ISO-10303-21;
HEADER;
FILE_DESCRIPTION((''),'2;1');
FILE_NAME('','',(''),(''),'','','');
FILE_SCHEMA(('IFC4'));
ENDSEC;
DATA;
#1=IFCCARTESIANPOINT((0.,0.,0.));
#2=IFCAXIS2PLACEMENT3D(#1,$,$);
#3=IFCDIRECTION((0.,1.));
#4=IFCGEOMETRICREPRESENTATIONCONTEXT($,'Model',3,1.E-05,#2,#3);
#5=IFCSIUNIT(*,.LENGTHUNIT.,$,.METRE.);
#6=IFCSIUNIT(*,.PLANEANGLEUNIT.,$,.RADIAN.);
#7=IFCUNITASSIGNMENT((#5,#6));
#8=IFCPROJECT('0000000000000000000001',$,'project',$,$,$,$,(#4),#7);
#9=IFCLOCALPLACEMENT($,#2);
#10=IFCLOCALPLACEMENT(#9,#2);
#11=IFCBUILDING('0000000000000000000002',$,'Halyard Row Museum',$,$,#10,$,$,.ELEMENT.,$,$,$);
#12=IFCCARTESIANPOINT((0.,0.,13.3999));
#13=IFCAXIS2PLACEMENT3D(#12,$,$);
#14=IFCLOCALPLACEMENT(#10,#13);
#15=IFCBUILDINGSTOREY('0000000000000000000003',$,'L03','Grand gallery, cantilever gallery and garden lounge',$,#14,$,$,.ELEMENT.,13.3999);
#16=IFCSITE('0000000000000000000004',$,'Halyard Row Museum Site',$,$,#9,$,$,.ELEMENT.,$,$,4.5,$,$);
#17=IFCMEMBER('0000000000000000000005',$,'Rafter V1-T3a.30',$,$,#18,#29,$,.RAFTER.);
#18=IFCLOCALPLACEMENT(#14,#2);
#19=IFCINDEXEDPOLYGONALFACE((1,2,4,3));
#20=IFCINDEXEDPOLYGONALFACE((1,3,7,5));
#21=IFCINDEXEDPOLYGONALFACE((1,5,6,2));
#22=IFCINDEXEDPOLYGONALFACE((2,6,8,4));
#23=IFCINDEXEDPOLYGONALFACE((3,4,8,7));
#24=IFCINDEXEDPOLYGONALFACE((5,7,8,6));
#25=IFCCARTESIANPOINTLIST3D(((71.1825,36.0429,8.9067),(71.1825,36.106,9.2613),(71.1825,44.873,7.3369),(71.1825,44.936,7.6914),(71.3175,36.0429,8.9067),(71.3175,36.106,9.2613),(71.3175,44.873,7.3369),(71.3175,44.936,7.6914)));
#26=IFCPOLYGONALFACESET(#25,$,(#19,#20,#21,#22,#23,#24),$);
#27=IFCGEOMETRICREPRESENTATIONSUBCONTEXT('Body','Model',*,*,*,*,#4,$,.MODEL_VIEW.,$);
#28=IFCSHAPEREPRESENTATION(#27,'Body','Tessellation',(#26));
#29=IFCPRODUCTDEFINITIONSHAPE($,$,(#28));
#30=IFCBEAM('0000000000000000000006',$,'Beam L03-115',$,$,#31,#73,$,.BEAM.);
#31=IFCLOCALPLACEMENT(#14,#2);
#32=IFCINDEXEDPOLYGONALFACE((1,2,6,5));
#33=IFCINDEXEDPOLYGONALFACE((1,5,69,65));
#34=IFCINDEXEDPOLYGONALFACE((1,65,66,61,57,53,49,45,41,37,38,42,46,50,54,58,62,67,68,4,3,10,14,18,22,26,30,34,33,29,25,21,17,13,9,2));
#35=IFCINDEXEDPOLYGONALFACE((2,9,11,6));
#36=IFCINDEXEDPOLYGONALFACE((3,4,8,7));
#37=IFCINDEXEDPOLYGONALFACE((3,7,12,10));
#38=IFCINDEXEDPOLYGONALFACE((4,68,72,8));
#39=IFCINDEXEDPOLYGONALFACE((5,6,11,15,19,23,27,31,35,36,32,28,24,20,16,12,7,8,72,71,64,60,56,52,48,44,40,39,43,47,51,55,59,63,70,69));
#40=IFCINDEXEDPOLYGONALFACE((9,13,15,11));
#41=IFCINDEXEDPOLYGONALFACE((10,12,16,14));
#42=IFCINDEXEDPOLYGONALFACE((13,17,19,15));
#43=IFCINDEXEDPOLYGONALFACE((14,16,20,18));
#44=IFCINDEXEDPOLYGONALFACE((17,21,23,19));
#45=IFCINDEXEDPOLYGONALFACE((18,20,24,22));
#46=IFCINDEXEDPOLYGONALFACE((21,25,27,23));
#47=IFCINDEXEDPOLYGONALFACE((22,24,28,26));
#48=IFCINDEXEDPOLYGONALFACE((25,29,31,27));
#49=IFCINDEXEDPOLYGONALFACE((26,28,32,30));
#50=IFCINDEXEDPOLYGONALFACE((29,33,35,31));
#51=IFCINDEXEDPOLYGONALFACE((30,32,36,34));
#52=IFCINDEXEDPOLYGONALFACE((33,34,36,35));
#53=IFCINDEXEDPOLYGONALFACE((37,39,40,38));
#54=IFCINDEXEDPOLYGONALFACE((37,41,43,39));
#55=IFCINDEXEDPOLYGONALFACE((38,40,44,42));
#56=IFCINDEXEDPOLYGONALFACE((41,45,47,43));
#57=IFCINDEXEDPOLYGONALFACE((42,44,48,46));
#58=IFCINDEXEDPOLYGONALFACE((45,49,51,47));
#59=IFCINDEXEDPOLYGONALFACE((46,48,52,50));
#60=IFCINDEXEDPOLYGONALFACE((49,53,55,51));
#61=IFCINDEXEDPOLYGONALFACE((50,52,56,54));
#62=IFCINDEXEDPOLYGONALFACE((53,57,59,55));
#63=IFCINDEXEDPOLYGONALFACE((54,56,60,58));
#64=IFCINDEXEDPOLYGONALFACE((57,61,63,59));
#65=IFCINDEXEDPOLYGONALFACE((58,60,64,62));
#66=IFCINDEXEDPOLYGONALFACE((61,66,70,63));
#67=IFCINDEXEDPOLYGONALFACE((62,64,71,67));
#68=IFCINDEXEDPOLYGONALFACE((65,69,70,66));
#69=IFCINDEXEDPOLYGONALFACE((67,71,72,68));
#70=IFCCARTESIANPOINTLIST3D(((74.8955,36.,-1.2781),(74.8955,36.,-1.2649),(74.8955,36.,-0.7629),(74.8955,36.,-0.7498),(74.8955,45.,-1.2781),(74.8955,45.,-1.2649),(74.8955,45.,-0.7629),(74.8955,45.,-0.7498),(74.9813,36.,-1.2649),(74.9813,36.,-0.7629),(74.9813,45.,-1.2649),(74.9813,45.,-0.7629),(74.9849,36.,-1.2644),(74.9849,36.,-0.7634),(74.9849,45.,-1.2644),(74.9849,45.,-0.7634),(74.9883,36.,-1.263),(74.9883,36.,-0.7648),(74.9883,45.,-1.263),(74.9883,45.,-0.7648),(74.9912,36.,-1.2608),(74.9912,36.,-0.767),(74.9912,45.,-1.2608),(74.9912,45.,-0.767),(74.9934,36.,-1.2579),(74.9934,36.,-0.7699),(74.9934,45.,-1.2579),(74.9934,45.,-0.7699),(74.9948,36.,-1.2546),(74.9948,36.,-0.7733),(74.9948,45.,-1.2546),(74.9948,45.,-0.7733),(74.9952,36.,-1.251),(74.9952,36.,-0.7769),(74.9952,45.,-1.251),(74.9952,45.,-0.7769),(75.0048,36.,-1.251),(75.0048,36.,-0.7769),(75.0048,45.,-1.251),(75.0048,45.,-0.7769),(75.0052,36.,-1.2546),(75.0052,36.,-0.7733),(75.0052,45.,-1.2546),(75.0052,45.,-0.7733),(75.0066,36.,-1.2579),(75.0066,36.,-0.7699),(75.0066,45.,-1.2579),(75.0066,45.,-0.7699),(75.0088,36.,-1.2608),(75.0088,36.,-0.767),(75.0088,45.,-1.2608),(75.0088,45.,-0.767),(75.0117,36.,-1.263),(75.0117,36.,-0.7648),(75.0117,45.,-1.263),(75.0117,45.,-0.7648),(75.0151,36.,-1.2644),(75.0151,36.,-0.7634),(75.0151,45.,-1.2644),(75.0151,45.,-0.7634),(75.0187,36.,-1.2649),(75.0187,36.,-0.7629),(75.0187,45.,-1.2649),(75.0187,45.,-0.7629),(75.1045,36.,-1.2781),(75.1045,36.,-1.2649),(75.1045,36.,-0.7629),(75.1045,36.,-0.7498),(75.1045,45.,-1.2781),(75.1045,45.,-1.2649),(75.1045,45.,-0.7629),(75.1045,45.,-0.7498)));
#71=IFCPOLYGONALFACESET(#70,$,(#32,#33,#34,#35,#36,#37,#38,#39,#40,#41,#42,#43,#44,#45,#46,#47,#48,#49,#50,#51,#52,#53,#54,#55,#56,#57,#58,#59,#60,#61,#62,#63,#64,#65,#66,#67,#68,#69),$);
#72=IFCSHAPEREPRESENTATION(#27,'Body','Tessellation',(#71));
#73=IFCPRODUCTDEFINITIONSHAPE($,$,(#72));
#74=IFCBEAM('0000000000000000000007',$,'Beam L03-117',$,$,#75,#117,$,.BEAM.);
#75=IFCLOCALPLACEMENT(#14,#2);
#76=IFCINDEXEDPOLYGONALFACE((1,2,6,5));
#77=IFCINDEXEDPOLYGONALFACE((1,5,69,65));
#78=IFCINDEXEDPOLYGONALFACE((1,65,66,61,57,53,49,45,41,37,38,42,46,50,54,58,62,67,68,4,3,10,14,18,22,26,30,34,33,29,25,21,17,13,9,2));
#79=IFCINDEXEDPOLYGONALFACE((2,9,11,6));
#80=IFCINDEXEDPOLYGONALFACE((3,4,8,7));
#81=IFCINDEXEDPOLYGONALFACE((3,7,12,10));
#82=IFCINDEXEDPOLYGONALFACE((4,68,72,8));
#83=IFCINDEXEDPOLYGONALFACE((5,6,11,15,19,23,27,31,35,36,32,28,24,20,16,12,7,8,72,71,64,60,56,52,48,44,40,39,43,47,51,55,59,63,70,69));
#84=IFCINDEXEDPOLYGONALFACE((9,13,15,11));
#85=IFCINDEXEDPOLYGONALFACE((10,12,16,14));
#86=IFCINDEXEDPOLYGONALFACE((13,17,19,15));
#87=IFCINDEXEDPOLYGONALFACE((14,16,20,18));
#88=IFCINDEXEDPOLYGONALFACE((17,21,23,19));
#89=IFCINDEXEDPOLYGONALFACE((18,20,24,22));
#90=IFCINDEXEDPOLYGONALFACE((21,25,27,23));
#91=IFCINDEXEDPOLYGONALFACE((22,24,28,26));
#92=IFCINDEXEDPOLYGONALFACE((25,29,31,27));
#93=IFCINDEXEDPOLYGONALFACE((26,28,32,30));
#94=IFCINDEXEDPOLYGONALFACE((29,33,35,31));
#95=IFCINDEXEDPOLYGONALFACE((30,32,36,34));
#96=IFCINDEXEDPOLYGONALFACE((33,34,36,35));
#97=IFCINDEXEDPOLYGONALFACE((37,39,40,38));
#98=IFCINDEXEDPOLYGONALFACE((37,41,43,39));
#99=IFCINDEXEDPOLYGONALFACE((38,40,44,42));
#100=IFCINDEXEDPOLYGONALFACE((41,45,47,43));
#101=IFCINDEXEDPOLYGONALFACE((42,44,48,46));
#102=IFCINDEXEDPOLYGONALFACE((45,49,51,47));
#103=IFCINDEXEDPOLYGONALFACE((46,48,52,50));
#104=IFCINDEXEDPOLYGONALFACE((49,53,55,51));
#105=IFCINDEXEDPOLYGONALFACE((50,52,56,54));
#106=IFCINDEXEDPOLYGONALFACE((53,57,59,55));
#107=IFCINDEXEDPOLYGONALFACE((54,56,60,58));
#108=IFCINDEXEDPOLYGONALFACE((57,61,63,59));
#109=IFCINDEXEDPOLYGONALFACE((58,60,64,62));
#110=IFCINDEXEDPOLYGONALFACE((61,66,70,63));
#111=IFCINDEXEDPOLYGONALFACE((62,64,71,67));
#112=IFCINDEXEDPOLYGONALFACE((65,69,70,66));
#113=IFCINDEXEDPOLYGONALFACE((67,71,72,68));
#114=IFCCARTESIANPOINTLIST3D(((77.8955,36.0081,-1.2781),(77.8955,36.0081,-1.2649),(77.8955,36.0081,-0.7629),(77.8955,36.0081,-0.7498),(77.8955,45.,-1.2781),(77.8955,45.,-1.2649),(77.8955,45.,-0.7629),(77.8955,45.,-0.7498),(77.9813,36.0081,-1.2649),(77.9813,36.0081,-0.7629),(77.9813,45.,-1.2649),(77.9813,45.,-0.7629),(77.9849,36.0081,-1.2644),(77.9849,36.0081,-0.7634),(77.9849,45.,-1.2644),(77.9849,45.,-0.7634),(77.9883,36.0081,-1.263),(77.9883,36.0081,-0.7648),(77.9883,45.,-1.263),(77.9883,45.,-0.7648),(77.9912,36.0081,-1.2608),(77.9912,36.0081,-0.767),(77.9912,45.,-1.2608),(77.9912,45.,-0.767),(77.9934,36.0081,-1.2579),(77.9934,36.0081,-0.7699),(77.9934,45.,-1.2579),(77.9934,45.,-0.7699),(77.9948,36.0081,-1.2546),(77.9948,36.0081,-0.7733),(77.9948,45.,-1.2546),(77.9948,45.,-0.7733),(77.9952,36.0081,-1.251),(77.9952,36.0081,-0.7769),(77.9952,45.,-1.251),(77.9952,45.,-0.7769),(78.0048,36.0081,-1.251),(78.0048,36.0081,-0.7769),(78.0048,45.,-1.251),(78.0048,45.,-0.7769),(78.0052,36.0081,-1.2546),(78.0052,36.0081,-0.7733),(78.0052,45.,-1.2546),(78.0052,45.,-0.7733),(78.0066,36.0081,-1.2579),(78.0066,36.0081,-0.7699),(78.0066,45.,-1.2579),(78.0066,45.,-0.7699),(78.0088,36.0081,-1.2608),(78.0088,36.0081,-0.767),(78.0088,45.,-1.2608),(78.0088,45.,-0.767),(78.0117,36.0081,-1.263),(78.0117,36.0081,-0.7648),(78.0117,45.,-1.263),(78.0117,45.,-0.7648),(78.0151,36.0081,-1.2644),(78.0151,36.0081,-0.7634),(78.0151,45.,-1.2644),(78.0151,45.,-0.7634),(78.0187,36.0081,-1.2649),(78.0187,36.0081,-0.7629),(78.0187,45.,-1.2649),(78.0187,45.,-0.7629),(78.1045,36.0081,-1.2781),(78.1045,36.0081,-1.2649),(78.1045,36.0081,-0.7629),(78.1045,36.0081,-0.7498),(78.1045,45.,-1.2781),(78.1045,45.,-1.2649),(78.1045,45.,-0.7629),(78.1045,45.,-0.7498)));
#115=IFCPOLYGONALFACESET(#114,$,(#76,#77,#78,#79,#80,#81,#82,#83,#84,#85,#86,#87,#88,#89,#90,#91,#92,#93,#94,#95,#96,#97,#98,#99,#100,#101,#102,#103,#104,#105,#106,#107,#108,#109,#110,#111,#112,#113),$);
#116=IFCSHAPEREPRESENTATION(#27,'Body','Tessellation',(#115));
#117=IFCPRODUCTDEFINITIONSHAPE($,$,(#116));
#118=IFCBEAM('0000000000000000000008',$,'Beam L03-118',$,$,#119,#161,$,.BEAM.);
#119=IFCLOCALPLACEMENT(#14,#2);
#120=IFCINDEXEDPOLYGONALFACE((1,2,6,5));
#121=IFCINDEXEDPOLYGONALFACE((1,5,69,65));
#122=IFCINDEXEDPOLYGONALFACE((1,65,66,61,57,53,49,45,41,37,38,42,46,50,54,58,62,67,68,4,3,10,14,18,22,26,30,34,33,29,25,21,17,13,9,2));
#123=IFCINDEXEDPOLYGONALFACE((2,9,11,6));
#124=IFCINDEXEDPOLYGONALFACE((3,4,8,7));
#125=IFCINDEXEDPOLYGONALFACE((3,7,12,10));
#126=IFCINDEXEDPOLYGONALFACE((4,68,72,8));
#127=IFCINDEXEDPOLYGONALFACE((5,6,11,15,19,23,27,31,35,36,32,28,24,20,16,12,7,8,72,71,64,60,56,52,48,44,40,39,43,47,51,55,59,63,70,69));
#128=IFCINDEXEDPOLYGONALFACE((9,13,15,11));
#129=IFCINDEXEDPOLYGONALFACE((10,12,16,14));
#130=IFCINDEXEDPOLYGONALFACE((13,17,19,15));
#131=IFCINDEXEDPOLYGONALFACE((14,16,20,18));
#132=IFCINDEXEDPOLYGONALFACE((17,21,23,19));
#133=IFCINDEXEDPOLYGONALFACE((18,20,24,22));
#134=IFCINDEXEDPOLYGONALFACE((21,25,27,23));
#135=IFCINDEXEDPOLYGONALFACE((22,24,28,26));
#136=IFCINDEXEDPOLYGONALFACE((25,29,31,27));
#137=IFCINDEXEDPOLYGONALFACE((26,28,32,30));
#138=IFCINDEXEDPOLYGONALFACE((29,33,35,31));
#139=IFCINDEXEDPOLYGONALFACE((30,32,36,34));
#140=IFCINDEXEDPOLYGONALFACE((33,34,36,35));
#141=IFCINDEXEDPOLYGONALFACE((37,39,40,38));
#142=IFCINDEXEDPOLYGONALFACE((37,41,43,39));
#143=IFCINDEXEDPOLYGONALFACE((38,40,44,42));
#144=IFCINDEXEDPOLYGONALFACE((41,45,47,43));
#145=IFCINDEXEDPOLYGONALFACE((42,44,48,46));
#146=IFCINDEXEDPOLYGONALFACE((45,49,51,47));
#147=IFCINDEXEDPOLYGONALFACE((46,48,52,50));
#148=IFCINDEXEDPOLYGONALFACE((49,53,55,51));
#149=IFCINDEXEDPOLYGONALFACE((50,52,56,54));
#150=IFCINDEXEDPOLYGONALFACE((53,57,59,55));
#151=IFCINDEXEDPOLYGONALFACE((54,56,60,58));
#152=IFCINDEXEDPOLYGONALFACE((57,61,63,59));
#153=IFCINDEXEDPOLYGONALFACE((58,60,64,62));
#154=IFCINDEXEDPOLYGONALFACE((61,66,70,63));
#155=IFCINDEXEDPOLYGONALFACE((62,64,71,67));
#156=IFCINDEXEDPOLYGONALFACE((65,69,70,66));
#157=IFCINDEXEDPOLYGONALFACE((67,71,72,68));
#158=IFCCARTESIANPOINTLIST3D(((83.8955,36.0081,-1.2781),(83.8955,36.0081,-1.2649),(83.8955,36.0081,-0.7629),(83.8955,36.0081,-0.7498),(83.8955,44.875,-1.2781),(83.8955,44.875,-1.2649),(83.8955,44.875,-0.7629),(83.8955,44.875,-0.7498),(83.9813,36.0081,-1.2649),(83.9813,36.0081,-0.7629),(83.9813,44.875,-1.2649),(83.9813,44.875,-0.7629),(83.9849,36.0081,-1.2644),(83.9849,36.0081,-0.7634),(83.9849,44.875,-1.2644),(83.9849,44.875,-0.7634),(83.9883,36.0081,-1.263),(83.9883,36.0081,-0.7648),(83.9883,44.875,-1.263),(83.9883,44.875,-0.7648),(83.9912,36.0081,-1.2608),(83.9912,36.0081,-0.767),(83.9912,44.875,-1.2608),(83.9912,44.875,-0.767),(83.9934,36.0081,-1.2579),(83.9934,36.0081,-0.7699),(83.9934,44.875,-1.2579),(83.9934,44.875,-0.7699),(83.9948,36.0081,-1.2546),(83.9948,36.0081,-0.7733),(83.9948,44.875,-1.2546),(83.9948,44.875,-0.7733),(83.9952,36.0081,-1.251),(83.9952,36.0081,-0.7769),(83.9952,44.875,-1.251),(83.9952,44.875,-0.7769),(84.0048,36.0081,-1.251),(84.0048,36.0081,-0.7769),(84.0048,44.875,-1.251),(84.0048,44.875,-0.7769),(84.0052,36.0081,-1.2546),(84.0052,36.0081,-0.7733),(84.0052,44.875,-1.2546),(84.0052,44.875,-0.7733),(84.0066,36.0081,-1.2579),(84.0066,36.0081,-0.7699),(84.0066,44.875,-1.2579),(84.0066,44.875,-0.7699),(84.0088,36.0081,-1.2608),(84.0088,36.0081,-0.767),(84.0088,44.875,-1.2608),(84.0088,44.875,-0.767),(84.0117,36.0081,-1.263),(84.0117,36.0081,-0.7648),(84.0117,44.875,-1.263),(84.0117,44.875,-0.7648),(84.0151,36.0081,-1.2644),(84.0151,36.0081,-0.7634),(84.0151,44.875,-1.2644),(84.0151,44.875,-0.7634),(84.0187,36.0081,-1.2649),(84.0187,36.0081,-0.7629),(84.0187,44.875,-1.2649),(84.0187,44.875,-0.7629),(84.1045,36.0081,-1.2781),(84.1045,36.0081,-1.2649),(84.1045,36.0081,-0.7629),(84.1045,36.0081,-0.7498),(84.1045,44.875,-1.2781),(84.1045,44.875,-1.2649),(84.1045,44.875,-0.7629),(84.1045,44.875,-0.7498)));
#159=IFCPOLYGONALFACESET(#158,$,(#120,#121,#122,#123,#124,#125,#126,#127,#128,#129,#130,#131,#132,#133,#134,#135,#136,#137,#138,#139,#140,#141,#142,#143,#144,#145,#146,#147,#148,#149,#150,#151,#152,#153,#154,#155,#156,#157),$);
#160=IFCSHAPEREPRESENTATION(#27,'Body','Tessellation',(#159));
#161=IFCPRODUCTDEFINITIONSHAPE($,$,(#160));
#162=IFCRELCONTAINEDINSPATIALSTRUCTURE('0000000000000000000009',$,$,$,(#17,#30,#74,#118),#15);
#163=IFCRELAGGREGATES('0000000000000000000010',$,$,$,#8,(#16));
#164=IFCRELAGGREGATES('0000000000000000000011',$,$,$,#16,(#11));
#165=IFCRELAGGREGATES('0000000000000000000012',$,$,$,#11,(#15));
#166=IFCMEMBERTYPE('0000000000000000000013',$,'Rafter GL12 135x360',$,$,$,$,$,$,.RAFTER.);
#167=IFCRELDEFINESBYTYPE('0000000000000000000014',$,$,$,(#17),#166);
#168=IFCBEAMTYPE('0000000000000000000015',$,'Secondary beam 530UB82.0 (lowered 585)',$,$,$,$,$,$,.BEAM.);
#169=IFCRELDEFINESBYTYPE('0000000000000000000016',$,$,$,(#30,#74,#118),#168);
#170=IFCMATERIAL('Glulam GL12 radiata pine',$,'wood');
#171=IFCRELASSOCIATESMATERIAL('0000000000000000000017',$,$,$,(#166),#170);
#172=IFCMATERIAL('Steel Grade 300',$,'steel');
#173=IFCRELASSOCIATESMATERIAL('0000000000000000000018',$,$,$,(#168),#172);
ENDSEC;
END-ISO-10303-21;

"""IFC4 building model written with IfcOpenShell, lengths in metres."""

from ifc_helpers import new_model, si_unit, direction, frame, origin, origin_2d, place, context, subcontext, project, spatial, rectangle, i_section, extrude, material, material_profile, profile_set, type_object, element, save


model = new_model("IFC4")

# Units and contexts
model_context = context("Model", 3, precision=1e-05, world=origin(), true_north=direction((0.0, 1.0)))
body_context = subcontext(model_context, "Body", "Model", "MODEL_VIEW")
ifc_project = project(units=[si_unit("LENGTHUNIT", "METRE"), si_unit("PLANEANGLEUNIT", "RADIAN")], contexts=[model_context])

# Site, building, storey
site_placement = place(None, origin())
site = spatial("IfcSite", under=ifc_project, at=site_placement, Name="Halyard Row Museum Site", CompositionType="ELEMENT", RefElevation=4.5)
building_placement = place(site_placement, origin())
building = spatial("IfcBuilding", under=site, at=building_placement, Name="Halyard Row Museum", CompositionType="ELEMENT")
storey_placement = place(building_placement, frame((0.0, 0.0, 13.3999)))
storey = spatial("IfcBuildingStorey", under=building, at=storey_placement, Name="L03", Description="Grand gallery, cantilever gallery and garden lounge", CompositionType="ELEMENT", Elevation=13.3999)

# Member
ifc_material_1 = material(Name="Glulam GL12 radiata pine", Category="wood")
ifc_material_profile_1 = material_profile(ifc_material_1, rectangle(XDim=0.135, YDim=0.3601, at=origin_2d()), Name="GL12 135x360")
ifc_profile_set_1 = profile_set([ifc_material_profile_1], Name="Glulam GL12 radiata pine")
member_type_1 = type_object("IfcMemberType", Name="Rafter GL12 135x360", PredefinedType="RAFTER", material=ifc_profile_set_1)
member_1_placement = place(storey_placement, frame((71.25, 36.0745, 9.084), z_axis=(0.0, 0.984562, -0.175037), x_axis=(-1.0, 0.0, 0.0)))
element("IfcMember", 1, at=member_1_placement, inside=storey, type_object=member_type_1, Name="Rafter V1-T3a.30", PredefinedType="RAFTER", context=body_context, shape_type="SweptSolid", body=[
    extrude(rectangle(XDim=0.135, YDim=0.3601, at=origin_2d()), origin(), (0.0, 0.0, 1.0), 8.9685),
])

# Beams
ifc_material_2 = material(Name="Steel Grade 300", Category="steel")
ifc_material_profile_2 = material_profile(ifc_material_2, i_section(OverallWidth=0.209, OverallDepth=0.5283, WebThickness=0.0095, FlangeThickness=0.0132, FilletRadius=0.0139, at=origin_2d()), Name="530UB82.0")
ifc_profile_set_2 = profile_set([ifc_material_profile_2], Name="Steel Grade 300")
beam_type_1 = type_object("IfcBeamType", Name="Secondary beam 530UB82.0 (lowered 585)", PredefinedType="BEAM", material=ifc_profile_set_2)
beam_1_placement = place(storey_placement, frame((75.0, 36.0, -1.0139), z_axis=(0.0, 1.0, 0.0), x_axis=(-1.0, 0.0, 0.0)))
element("IfcBeam", 2, at=beam_1_placement, inside=storey, type_object=beam_type_1, Name="Beam L03-115", PredefinedType="BEAM", context=body_context, shape_type="SweptSolid", body=[
    extrude(i_section(OverallWidth=0.209, OverallDepth=0.5283, WebThickness=0.0095, FlangeThickness=0.0132, FilletRadius=0.0139, at=origin_2d()), origin(), (0.0, 0.0, 1.0), 9.0),
])
beam_2_placement = place(storey_placement, frame((78.0, 36.0081, -1.0139), z_axis=(0.0, 1.0, 0.0), x_axis=(-1.0, 0.0, 0.0)))
element("IfcBeam", 3, at=beam_2_placement, inside=storey, type_object=beam_type_1, Name="Beam L03-117", PredefinedType="BEAM", context=body_context, shape_type="SweptSolid", body=[
    extrude(i_section(OverallWidth=0.209, OverallDepth=0.5283, WebThickness=0.0095, FlangeThickness=0.0132, FilletRadius=0.0139, at=origin_2d()), origin(), (0.0, 0.0, 1.0), 8.9919),
])
for number, where, z_axis, x_axis, name in (
    (4, (84.0, 36.0081, -1.0139), (0.0, 1.0, 0.0), (-1.0, 0.0, 0.0), "Beam L03-118"),
):
    element("IfcBeam", number, at=place(storey_placement, frame(where, z_axis=z_axis, x_axis=x_axis)), inside=storey, type_object=beam_type_1, Name=name, PredefinedType="BEAM", context=body_context, shape_type="SweptSolid", body=[
        extrude(i_section(OverallWidth=0.209, OverallDepth=0.5283, WebThickness=0.0095, FlangeThickness=0.0132, FilletRadius=0.0139, at=origin_2d()), origin(), (0.0, 0.0, 1.0), 8.8669),
    ])

save(model, "model.ifc")
